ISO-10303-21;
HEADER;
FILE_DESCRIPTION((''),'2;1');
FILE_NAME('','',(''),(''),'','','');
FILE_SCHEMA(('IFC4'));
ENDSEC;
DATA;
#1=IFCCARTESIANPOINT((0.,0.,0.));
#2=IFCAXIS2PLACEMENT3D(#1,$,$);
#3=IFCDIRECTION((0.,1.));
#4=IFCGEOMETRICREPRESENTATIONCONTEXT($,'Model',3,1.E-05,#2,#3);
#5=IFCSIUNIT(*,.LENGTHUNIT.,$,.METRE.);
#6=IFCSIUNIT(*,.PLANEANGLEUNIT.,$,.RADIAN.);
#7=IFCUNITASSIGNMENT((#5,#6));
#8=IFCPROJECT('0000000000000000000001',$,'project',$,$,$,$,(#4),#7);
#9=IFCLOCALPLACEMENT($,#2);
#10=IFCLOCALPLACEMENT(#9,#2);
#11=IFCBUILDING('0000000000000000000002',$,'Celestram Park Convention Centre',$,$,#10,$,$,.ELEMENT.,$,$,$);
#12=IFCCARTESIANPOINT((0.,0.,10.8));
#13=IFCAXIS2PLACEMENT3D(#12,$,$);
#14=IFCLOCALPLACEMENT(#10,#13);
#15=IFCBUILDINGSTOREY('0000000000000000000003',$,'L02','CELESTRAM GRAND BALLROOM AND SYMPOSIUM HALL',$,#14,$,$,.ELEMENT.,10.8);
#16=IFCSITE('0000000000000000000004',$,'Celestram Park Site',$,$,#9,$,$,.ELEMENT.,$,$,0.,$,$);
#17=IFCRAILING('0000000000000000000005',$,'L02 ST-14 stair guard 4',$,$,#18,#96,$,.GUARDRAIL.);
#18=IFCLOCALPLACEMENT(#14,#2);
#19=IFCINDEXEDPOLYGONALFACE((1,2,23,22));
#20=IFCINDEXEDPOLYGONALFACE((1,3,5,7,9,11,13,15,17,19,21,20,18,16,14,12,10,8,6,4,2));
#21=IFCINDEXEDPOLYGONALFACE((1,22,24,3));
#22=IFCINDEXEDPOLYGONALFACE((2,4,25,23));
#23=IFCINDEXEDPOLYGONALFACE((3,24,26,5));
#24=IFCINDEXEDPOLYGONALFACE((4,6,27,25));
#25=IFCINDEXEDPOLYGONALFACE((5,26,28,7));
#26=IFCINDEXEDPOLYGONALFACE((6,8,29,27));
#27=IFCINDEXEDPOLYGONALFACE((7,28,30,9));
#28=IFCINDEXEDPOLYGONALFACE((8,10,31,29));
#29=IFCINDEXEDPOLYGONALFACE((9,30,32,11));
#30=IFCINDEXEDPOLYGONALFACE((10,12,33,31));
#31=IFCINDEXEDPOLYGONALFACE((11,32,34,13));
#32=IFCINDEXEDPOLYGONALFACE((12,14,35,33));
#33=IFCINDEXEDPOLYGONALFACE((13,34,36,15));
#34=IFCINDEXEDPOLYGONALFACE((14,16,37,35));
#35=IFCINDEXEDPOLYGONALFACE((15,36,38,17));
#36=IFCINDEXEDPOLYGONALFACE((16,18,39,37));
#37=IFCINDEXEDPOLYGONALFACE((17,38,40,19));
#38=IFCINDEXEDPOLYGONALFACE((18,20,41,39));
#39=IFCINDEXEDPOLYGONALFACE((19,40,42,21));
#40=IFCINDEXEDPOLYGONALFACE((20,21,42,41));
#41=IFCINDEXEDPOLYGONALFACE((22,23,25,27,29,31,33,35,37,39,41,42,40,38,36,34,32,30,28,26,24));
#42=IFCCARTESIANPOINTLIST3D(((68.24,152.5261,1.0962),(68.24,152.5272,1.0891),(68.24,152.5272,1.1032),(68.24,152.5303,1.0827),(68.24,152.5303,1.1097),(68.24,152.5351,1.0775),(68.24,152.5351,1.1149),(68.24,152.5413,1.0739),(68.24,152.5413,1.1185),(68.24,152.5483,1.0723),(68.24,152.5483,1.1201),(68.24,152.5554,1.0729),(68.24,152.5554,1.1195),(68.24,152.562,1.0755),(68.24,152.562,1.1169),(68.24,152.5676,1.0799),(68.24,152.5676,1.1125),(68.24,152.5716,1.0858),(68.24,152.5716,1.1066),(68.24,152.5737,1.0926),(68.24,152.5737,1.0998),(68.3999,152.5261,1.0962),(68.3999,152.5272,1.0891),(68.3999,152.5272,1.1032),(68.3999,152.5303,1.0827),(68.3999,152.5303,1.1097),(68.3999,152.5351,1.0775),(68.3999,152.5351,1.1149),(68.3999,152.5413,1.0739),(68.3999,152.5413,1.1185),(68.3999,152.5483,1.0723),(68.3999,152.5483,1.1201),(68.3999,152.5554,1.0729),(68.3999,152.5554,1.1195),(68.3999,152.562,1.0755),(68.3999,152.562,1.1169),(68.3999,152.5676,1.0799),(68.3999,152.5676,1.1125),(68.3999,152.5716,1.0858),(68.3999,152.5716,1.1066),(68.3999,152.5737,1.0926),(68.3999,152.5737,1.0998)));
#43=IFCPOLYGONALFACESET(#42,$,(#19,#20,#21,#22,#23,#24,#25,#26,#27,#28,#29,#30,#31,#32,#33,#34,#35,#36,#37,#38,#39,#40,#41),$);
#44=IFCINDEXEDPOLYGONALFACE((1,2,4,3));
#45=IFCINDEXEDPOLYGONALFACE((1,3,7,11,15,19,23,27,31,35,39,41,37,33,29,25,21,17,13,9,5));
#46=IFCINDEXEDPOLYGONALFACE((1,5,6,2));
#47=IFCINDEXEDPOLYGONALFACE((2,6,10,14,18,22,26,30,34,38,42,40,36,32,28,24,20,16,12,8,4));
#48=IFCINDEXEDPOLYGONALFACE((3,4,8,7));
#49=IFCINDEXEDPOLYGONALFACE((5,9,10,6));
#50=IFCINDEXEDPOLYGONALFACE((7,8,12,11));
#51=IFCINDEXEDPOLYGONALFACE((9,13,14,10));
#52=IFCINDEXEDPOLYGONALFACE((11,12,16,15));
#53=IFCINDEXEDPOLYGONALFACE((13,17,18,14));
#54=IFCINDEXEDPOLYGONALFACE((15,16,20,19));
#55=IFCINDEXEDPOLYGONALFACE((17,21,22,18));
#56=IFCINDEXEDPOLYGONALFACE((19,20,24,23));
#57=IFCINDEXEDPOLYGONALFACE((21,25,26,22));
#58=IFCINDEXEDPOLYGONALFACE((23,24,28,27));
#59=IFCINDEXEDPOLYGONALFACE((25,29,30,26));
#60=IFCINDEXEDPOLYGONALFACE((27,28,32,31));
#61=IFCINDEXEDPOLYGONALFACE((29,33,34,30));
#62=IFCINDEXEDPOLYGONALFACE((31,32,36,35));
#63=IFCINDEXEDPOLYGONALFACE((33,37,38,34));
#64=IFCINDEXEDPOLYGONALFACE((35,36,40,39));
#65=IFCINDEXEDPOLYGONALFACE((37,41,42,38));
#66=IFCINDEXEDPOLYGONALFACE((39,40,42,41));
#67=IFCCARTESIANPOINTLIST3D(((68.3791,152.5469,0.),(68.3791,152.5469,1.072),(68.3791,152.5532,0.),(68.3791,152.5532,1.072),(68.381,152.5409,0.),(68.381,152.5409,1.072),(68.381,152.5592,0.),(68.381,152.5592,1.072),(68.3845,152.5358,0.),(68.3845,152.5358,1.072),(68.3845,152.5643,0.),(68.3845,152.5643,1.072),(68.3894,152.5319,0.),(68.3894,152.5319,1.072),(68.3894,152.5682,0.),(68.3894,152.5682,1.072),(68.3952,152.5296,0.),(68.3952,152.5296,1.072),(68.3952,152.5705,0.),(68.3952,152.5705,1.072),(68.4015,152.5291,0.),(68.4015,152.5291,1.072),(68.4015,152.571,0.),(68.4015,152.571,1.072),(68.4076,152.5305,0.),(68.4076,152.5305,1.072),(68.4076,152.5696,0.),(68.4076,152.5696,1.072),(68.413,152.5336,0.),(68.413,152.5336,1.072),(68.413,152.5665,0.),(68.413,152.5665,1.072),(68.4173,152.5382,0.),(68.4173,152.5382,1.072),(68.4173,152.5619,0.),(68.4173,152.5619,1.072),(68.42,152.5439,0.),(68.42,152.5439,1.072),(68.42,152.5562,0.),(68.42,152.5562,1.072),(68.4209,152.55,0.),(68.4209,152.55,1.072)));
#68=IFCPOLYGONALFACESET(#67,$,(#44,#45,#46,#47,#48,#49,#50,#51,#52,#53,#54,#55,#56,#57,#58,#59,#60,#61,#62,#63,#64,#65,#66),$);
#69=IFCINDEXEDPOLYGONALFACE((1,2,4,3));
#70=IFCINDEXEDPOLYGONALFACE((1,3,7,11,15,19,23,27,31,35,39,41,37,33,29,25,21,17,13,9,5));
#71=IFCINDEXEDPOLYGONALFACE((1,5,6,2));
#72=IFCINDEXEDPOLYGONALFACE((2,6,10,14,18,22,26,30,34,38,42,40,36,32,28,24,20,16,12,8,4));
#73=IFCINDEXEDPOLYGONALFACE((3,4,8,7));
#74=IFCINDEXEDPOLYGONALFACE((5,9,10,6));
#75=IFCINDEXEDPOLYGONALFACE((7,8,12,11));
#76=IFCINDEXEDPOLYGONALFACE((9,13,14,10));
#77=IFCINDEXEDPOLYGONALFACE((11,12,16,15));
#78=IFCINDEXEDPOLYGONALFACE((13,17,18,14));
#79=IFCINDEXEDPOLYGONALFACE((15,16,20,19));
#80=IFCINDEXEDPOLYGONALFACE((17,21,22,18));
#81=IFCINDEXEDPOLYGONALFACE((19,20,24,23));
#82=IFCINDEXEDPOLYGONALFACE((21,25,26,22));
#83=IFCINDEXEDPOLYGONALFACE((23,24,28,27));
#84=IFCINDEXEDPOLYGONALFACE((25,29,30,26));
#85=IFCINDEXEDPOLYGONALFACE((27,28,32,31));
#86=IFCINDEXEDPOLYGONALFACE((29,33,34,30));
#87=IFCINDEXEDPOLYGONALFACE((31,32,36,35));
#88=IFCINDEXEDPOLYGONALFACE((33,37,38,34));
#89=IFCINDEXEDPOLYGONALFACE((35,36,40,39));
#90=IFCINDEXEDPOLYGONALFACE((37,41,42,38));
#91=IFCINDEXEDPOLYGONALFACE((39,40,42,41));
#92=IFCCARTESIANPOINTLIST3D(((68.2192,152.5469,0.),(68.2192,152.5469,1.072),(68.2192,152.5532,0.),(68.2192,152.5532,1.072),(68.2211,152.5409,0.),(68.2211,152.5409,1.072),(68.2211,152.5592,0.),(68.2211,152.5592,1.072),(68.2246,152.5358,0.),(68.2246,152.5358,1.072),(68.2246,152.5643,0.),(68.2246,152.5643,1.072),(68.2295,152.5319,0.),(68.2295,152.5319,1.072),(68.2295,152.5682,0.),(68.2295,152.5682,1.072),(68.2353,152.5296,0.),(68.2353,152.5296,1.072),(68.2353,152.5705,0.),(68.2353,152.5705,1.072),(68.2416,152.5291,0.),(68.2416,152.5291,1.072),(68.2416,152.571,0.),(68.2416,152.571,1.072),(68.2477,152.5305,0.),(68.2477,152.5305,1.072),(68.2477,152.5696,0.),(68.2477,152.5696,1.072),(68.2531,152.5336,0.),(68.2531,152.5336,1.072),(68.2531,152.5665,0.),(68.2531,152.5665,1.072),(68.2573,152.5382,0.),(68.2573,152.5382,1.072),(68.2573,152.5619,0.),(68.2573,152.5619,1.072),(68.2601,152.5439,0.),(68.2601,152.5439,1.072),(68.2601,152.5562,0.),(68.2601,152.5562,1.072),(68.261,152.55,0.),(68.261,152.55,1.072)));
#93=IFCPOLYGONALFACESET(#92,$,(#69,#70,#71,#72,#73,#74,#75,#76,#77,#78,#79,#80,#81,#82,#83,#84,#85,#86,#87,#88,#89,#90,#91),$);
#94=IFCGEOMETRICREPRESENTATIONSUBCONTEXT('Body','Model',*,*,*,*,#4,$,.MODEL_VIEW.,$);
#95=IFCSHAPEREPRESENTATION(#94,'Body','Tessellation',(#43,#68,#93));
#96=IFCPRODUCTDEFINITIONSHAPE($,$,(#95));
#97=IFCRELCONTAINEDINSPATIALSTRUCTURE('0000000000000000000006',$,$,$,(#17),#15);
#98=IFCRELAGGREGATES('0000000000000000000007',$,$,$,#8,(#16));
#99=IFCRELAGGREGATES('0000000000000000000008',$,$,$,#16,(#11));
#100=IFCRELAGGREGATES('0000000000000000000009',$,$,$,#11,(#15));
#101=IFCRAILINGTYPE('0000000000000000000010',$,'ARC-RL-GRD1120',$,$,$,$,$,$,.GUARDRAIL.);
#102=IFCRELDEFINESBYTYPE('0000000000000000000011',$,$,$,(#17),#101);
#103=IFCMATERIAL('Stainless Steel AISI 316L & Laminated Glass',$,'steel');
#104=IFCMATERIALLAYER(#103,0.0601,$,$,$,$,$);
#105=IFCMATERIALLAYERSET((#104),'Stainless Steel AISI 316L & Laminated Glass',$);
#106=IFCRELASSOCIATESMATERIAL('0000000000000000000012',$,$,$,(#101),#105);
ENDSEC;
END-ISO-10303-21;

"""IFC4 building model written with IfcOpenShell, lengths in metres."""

from ifc_helpers import new_model, si_unit, direction, frame, origin, origin_2d, place, context, subcontext, project, spatial, circle, extrude, material, layer, layer_set, type_object, element, save


model = new_model("IFC4")

# Units and contexts
model_context = context("Model", 3, precision=1e-05, world=origin(), true_north=direction((0.0, 1.0)))
body_context = subcontext(model_context, "Body", "Model", "MODEL_VIEW")
ifc_project = project(units=[si_unit("LENGTHUNIT", "METRE"), si_unit("PLANEANGLEUNIT", "RADIAN")], contexts=[model_context])

# Site, building, storey
site_placement = place(None, origin())
site = spatial("IfcSite", under=ifc_project, at=site_placement, Name="Celestram Park Site", CompositionType="ELEMENT", RefElevation=0.0)
building_placement = place(site_placement, origin())
building = spatial("IfcBuilding", under=site, at=building_placement, Name="Celestram Park Convention Centre", CompositionType="ELEMENT")
storey_placement = place(building_placement, frame((0.0, 0.0, 10.8)))
storey = spatial("IfcBuildingStorey", under=building, at=storey_placement, Name="L02", Description="CELESTRAM GRAND BALLROOM AND SYMPOSIUM HALL", CompositionType="ELEMENT", Elevation=10.8)

# Railing
ifc_material_1 = material(Name="Stainless Steel AISI 316L & Laminated Glass", Category="steel")
ifc_layer_1 = layer(ifc_material_1, 0.0601)
ifc_layer_set_1 = layer_set([ifc_layer_1], Name="Stainless Steel AISI 316L & Laminated Glass")
railing_type_1 = type_object("IfcRailingType", Name="ARC-RL-GRD1120", PredefinedType="GUARDRAIL", material=ifc_layer_set_1)
railing_1_placement = place(storey_placement, frame((68.3999, 152.55, 0.0)))
element("IfcRailing", 1, at=railing_1_placement, inside=storey, type_object=railing_type_1, Name="L02 ST-14 stair guard 4", PredefinedType="GUARDRAIL", context=body_context, shape_type="SweptSolid", body=[
    extrude(circle(Radius=0.0239, at=origin_2d()), frame((0.0, 0.0, 1.0962), z_axis=(-1.0, 0.0, 0.0), x_axis=(0.0, -1.0, 0.0)), (0.0, 0.0, 1.0), 0.1599),
    extrude(circle(Radius=0.021, at=origin_2d()), origin(), (0.0, 0.0, 1.0), 1.072),
    extrude(circle(Radius=0.021, at=origin_2d()), frame((-0.1599, 0.0, 0.0)), (0.0, 0.0, 1.0), 1.072),
])

save(model, "model.ifc")
